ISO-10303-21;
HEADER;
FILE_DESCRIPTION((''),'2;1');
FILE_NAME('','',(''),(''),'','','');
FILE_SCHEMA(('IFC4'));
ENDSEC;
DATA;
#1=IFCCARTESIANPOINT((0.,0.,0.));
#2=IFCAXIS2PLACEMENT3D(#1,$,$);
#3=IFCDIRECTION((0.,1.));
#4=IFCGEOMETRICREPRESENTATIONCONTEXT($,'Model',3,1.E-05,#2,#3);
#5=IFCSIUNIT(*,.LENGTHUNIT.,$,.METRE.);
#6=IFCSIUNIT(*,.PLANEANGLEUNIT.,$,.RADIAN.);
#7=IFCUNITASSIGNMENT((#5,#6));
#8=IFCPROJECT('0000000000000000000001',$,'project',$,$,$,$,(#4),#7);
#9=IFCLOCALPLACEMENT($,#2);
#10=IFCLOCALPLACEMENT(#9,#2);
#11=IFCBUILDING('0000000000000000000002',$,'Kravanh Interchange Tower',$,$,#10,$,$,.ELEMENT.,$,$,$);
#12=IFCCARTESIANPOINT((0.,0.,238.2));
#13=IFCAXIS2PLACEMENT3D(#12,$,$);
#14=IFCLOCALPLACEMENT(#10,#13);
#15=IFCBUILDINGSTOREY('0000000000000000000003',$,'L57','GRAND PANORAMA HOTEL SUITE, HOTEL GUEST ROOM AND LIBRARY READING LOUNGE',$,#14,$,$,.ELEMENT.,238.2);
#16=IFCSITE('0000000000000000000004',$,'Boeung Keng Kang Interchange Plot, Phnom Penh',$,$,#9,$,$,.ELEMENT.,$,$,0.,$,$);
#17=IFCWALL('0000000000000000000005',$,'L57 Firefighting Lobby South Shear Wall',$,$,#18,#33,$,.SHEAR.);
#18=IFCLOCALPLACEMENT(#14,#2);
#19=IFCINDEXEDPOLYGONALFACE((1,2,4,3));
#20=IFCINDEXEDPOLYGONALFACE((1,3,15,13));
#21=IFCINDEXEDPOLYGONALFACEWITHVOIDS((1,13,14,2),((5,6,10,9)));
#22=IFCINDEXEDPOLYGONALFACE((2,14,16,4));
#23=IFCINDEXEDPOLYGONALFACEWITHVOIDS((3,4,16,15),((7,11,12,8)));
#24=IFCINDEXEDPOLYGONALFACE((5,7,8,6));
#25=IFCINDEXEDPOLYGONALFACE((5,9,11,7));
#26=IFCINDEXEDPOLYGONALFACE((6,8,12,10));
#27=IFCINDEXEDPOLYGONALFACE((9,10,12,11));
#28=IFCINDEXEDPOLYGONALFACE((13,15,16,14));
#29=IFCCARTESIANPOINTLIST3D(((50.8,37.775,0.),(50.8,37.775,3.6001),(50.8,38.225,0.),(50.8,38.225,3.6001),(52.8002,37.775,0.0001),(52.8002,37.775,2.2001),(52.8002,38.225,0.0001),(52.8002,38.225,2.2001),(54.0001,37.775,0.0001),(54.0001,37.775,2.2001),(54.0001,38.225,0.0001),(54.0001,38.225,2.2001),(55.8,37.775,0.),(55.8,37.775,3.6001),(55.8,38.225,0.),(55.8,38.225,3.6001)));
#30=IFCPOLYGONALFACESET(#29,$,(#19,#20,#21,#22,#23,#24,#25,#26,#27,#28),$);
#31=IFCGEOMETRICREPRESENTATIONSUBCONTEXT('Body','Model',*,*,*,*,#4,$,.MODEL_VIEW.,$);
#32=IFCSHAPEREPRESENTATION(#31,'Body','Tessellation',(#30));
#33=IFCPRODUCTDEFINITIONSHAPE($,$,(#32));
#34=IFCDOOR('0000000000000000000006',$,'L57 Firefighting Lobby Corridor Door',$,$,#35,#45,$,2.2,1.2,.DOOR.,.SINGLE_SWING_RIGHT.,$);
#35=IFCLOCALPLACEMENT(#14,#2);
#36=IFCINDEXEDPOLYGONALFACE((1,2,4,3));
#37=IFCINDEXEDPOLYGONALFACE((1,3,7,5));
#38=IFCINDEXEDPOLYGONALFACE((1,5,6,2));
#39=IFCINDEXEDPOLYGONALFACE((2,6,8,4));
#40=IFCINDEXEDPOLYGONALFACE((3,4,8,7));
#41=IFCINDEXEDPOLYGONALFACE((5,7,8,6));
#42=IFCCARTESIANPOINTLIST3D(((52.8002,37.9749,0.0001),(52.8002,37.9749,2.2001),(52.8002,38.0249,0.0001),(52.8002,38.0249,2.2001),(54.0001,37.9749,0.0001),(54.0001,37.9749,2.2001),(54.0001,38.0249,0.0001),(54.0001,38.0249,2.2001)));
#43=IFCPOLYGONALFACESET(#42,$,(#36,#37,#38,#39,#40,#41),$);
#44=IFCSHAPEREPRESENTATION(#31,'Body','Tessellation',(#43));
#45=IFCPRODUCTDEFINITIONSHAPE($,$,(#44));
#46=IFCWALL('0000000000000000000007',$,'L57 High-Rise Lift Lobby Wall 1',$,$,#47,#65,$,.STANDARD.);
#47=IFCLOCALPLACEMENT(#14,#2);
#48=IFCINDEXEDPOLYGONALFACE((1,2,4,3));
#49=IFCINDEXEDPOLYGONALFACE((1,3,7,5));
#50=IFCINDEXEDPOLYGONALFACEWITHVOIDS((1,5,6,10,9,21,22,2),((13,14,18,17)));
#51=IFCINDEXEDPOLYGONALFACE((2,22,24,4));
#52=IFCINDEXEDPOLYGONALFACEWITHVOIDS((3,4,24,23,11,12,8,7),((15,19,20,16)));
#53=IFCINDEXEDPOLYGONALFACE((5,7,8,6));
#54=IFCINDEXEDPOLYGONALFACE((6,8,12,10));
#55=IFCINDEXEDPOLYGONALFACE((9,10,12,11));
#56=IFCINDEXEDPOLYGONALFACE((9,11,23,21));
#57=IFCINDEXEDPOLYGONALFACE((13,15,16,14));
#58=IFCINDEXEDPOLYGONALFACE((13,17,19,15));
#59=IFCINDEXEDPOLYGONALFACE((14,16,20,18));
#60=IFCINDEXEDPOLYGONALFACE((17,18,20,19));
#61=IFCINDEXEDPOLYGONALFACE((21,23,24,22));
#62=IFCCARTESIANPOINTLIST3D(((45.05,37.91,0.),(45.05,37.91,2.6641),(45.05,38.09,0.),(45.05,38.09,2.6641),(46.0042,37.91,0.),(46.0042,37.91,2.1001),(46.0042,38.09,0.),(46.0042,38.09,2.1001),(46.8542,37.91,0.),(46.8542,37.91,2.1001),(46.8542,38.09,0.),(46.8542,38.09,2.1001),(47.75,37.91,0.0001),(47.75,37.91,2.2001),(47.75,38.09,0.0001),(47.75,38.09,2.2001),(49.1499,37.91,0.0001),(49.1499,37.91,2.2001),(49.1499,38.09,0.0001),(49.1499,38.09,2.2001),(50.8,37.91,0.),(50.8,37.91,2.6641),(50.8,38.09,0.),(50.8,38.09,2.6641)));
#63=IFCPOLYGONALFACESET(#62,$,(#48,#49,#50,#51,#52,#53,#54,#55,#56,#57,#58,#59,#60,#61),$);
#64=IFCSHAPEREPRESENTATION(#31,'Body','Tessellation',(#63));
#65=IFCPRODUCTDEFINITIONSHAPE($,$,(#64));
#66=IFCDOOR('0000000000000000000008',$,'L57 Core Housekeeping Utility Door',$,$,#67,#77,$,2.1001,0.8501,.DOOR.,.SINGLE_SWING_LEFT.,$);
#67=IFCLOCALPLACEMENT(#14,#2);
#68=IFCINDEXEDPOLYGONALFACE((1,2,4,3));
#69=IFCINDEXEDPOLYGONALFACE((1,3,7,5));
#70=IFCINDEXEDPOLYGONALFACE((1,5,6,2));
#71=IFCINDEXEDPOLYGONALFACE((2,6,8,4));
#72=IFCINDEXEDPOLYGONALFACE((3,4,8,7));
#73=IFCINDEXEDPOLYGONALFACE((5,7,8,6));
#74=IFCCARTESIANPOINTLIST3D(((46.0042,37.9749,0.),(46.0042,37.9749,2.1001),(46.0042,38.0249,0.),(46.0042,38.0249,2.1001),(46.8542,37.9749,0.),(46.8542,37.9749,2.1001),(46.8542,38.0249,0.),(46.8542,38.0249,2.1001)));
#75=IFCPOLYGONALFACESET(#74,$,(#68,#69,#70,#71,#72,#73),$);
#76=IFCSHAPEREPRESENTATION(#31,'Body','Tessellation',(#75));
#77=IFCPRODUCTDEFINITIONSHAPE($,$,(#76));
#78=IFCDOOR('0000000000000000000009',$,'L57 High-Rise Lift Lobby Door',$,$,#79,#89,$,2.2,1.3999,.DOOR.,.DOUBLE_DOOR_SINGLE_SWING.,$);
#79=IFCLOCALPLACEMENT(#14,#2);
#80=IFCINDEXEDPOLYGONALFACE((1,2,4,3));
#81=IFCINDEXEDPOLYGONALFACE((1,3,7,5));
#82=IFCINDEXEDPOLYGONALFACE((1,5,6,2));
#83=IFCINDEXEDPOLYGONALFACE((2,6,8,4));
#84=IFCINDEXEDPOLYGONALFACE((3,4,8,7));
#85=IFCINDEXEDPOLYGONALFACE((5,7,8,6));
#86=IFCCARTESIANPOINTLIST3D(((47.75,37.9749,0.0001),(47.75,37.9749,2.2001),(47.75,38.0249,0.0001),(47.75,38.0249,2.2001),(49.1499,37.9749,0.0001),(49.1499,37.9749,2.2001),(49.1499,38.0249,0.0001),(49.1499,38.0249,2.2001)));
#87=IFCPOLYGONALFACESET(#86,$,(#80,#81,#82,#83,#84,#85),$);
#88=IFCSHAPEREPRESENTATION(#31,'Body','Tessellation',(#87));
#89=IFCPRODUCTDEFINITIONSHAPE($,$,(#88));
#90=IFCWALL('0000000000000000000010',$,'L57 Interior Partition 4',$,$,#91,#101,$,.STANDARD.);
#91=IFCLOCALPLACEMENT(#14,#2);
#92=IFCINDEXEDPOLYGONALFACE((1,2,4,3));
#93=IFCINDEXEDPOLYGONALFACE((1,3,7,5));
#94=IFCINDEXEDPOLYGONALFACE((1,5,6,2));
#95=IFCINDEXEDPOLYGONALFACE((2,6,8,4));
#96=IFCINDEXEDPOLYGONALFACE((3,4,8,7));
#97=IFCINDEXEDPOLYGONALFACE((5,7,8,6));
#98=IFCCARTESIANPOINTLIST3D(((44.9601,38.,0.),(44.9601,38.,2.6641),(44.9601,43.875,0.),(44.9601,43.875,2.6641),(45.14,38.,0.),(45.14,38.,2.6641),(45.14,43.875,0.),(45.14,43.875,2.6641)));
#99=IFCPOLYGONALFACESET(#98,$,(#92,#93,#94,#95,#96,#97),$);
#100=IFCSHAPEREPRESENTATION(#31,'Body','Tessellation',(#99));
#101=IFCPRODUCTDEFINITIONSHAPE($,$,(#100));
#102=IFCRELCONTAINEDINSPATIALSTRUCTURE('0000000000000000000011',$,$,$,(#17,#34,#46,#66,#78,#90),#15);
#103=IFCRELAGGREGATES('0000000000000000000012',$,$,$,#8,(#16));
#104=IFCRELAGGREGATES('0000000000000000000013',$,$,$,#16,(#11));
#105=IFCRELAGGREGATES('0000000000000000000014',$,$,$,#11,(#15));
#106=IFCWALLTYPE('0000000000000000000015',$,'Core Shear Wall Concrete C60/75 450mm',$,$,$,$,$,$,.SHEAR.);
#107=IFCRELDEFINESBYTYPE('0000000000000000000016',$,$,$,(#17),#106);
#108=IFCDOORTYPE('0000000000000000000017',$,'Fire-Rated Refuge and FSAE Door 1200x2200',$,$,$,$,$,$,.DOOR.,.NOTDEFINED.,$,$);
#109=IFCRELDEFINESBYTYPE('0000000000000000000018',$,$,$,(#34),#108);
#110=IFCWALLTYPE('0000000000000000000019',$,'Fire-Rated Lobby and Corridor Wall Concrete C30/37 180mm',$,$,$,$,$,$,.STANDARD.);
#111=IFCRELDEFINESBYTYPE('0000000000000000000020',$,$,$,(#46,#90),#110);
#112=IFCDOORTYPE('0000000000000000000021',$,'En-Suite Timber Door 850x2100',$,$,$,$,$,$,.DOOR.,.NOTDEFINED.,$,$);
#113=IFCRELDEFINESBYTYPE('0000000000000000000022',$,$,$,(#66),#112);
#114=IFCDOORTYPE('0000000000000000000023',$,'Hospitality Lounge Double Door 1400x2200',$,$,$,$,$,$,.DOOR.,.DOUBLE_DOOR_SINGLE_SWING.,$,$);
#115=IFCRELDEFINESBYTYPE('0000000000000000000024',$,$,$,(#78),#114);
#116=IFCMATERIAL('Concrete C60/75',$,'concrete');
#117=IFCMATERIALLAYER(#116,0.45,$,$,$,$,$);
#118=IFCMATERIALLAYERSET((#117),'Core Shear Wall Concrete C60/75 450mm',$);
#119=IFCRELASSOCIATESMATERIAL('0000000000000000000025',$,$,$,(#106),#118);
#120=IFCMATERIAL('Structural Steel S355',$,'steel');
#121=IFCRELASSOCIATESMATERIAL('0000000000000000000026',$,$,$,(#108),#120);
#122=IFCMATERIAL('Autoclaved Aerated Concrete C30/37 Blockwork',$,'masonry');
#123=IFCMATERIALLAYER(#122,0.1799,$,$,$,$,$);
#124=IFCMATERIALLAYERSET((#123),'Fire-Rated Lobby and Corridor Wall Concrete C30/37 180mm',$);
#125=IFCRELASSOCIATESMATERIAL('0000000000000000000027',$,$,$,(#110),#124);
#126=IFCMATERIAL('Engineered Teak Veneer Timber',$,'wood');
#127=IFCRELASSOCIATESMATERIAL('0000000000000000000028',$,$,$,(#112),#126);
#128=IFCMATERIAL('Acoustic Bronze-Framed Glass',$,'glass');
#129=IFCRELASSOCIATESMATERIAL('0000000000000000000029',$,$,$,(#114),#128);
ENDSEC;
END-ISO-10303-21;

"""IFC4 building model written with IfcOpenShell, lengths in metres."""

from ifc_helpers import new_model, si_unit, direction, frame, frame_2d, origin, place, context, subcontext, project, spatial, rectangle, extrude, material, layer, layer_set, type_object, element, fill, save


model = new_model("IFC4")

# Units and contexts
model_context = context("Model", 3, precision=1e-05, world=origin(), true_north=direction((0.0, 1.0)))
body_context = subcontext(model_context, "Body", "Model", "MODEL_VIEW")
ifc_project = project(units=[si_unit("LENGTHUNIT", "METRE"), si_unit("PLANEANGLEUNIT", "RADIAN")], contexts=[model_context])

# Site, building, storey
site_placement = place(None, origin())
site = spatial("IfcSite", under=ifc_project, at=site_placement, Name="Boeung Keng Kang Interchange Plot, Phnom Penh", CompositionType="ELEMENT", RefElevation=0.0)
building_placement = place(site_placement, origin())
building = spatial("IfcBuilding", under=site, at=building_placement, Name="Kravanh Interchange Tower", CompositionType="ELEMENT")
storey_placement = place(building_placement, frame((0.0, 0.0, 238.2)))
storey = spatial("IfcBuildingStorey", under=building, at=storey_placement, Name="L57", Description="GRAND PANORAMA HOTEL SUITE, HOTEL GUEST ROOM AND LIBRARY READING LOUNGE", CompositionType="ELEMENT", Elevation=238.2)

# Wall, opening, door
ifc_material_1 = material(Name="Concrete C60/75", Category="concrete")
ifc_layer_1 = layer(ifc_material_1, 0.45)
ifc_layer_set_1 = layer_set([ifc_layer_1], Name="Core Shear Wall Concrete C60/75 450mm")
wall_type_1 = type_object("IfcWallType", Name="Core Shear Wall Concrete C60/75 450mm", PredefinedType="SHEAR", material=ifc_layer_set_1)
wall_1_placement = place(storey_placement, frame((50.8, 38.0, 0.0), z_axis=(0.0, 0.0, 1.0), x_axis=(1.0, 0.0, 0.0)))
wall_1 = element("IfcWall", 1, at=wall_1_placement, inside=storey, type_object=wall_type_1, Name="L57 Firefighting Lobby South Shear Wall", PredefinedType="SHEAR", context=body_context, shape_type="SweptSolid", body=[
    extrude(rectangle(XDim=5.0, YDim=0.45, at=frame_2d((2.5, 0.0))), origin(), (0.0, 0.0, 1.0), 3.6001),
])
opening_1_placement = place(wall_1_placement, frame((2.0, 0.0, 0.0)))
opening_1 = element("IfcOpeningElement", 2, at=opening_1_placement, cuts=wall_1, PredefinedType="OPENING", context=body_context, shape_type="SweptSolid", body=[
    extrude(rectangle(XDim=1.2, YDim=2.2, at=frame_2d((0.6001, 1.1001))), frame((0.0, 0.2349, 0.0), z_axis=(0.0, -1.0, 0.0), x_axis=(1.0, 0.0, 0.0)), (0.0, 0.0, 1.0), 0.47),
])
ifc_material_2 = material(Name="Structural Steel S355", Category="steel")
door_type_1 = type_object("IfcDoorType", Name="Fire-Rated Refuge and FSAE Door 1200x2200", OperationType="NOTDEFINED", PredefinedType="DOOR", material=ifc_material_2)
door_1_placement = place(opening_1_placement, origin())
door_1 = element("IfcDoor", 3, at=door_1_placement, inside=storey, type_object=door_type_1, Name="L57 Firefighting Lobby Corridor Door", OperationType="SINGLE_SWING_RIGHT", OverallHeight=2.2, OverallWidth=1.2, PredefinedType="DOOR", context=body_context, shape_type="SweptSolid", body=[
    extrude(rectangle(XDim=1.2, YDim=2.2, at=frame_2d((0.6001, 1.1001))), frame((0.0, 0.0249, 0.0), z_axis=(0.0, -1.0, 0.0), x_axis=(1.0, 0.0, 0.0)), (0.0, 0.0, 1.0), 0.05),
])
fill(opening_1, door_1)

# Wall, openings, doors
ifc_material_3 = material(Name="Autoclaved Aerated Concrete C30/37 Blockwork", Category="masonry")
ifc_layer_2 = layer(ifc_material_3, 0.1799)
ifc_layer_set_2 = layer_set([ifc_layer_2], Name="Fire-Rated Lobby and Corridor Wall Concrete C30/37 180mm")
wall_type_2 = type_object("IfcWallType", Name="Fire-Rated Lobby and Corridor Wall Concrete C30/37 180mm", PredefinedType="STANDARD", material=ifc_layer_set_2)
wall_2_placement = place(storey_placement, frame((45.05, 38.0, 0.0), z_axis=(0.0, 0.0, 1.0), x_axis=(1.0, 0.0, 0.0)))
wall_2 = element("IfcWall", 4, at=wall_2_placement, inside=storey, type_object=wall_type_2, Name="L57 High-Rise Lift Lobby Wall 1", PredefinedType="STANDARD", context=body_context, shape_type="SweptSolid", body=[
    extrude(rectangle(XDim=5.75, YDim=0.1799, at=frame_2d((2.875, 0.0))), origin(), (0.0, 0.0, 1.0), 2.6641),
])
opening_2_placement = place(wall_2_placement, frame((0.9541, 0.0, 0.0)))
opening_2 = element("IfcOpeningElement", 5, at=opening_2_placement, cuts=wall_2, PredefinedType="OPENING", context=body_context, shape_type="SweptSolid", body=[
    extrude(rectangle(XDim=0.8501, YDim=2.1001, at=frame_2d((0.425, 1.05))), frame((0.0, 0.1001, 0.0), z_axis=(0.0, -1.0, 0.0), x_axis=(1.0, 0.0, 0.0)), (0.0, 0.0, 1.0), 0.2),
])
opening_3_placement = place(wall_2_placement, frame((2.7, 0.0, 0.0)))
opening_3 = element("IfcOpeningElement", 6, at=opening_3_placement, cuts=wall_2, PredefinedType="OPENING", context=body_context, shape_type="SweptSolid", body=[
    extrude(rectangle(XDim=1.3999, YDim=2.2, at=frame_2d((0.7, 1.1001))), frame((0.0, 0.1001, 0.0), z_axis=(0.0, -1.0, 0.0), x_axis=(1.0, 0.0, 0.0)), (0.0, 0.0, 1.0), 0.2),
])
ifc_material_4 = material(Name="Engineered Teak Veneer Timber", Category="wood")
door_type_2 = type_object("IfcDoorType", Name="En-Suite Timber Door 850x2100", OperationType="NOTDEFINED", PredefinedType="DOOR", material=ifc_material_4)
door_2_placement = place(opening_2_placement, origin())
door_2 = element("IfcDoor", 7, at=door_2_placement, inside=storey, type_object=door_type_2, Name="L57 Core Housekeeping Utility Door", OperationType="SINGLE_SWING_LEFT", OverallHeight=2.1001, OverallWidth=0.8501, PredefinedType="DOOR", context=body_context, shape_type="SweptSolid", body=[
    extrude(rectangle(XDim=0.8501, YDim=2.1001, at=frame_2d((0.425, 1.05))), frame((0.0, 0.0249, 0.0), z_axis=(0.0, -1.0, 0.0), x_axis=(1.0, 0.0, 0.0)), (0.0, 0.0, 1.0), 0.05),
])
fill(opening_2, door_2)
ifc_material_5 = material(Name="Acoustic Bronze-Framed Glass", Category="glass")
door_type_3 = type_object("IfcDoorType", Name="Hospitality Lounge Double Door 1400x2200", OperationType="DOUBLE_DOOR_SINGLE_SWING", PredefinedType="DOOR", material=ifc_material_5)
door_3_placement = place(opening_3_placement, origin())
door_3 = element("IfcDoor", 8, at=door_3_placement, inside=storey, type_object=door_type_3, Name="L57 High-Rise Lift Lobby Door", OperationType="DOUBLE_DOOR_SINGLE_SWING", OverallHeight=2.2, OverallWidth=1.3999, PredefinedType="DOOR", context=body_context, shape_type="SweptSolid", body=[
    extrude(rectangle(XDim=1.3999, YDim=2.2, at=frame_2d((0.7, 1.1001))), frame((0.0, 0.0249, 0.0), z_axis=(0.0, -1.0, 0.0), x_axis=(1.0, 0.0, 0.0)), (0.0, 0.0, 1.0), 0.05),
])
fill(opening_3, door_3)

# Wall
wall_3_placement = place(storey_placement, frame((45.05, 38.0, 0.0), z_axis=(0.0, 0.0, 1.0), x_axis=(0.0, 1.0, 0.0)))
element("IfcWall", 9, at=wall_3_placement, inside=storey, type_object=wall_type_2, Name="L57 Interior Partition 4", PredefinedType="STANDARD", context=body_context, shape_type="SweptSolid", body=[
    extrude(rectangle(XDim=5.875, YDim=0.1799, at=frame_2d((2.9375, 0.0))), origin(), (0.0, 0.0, 1.0), 2.6641),
])

save(model, "model.ifc")
